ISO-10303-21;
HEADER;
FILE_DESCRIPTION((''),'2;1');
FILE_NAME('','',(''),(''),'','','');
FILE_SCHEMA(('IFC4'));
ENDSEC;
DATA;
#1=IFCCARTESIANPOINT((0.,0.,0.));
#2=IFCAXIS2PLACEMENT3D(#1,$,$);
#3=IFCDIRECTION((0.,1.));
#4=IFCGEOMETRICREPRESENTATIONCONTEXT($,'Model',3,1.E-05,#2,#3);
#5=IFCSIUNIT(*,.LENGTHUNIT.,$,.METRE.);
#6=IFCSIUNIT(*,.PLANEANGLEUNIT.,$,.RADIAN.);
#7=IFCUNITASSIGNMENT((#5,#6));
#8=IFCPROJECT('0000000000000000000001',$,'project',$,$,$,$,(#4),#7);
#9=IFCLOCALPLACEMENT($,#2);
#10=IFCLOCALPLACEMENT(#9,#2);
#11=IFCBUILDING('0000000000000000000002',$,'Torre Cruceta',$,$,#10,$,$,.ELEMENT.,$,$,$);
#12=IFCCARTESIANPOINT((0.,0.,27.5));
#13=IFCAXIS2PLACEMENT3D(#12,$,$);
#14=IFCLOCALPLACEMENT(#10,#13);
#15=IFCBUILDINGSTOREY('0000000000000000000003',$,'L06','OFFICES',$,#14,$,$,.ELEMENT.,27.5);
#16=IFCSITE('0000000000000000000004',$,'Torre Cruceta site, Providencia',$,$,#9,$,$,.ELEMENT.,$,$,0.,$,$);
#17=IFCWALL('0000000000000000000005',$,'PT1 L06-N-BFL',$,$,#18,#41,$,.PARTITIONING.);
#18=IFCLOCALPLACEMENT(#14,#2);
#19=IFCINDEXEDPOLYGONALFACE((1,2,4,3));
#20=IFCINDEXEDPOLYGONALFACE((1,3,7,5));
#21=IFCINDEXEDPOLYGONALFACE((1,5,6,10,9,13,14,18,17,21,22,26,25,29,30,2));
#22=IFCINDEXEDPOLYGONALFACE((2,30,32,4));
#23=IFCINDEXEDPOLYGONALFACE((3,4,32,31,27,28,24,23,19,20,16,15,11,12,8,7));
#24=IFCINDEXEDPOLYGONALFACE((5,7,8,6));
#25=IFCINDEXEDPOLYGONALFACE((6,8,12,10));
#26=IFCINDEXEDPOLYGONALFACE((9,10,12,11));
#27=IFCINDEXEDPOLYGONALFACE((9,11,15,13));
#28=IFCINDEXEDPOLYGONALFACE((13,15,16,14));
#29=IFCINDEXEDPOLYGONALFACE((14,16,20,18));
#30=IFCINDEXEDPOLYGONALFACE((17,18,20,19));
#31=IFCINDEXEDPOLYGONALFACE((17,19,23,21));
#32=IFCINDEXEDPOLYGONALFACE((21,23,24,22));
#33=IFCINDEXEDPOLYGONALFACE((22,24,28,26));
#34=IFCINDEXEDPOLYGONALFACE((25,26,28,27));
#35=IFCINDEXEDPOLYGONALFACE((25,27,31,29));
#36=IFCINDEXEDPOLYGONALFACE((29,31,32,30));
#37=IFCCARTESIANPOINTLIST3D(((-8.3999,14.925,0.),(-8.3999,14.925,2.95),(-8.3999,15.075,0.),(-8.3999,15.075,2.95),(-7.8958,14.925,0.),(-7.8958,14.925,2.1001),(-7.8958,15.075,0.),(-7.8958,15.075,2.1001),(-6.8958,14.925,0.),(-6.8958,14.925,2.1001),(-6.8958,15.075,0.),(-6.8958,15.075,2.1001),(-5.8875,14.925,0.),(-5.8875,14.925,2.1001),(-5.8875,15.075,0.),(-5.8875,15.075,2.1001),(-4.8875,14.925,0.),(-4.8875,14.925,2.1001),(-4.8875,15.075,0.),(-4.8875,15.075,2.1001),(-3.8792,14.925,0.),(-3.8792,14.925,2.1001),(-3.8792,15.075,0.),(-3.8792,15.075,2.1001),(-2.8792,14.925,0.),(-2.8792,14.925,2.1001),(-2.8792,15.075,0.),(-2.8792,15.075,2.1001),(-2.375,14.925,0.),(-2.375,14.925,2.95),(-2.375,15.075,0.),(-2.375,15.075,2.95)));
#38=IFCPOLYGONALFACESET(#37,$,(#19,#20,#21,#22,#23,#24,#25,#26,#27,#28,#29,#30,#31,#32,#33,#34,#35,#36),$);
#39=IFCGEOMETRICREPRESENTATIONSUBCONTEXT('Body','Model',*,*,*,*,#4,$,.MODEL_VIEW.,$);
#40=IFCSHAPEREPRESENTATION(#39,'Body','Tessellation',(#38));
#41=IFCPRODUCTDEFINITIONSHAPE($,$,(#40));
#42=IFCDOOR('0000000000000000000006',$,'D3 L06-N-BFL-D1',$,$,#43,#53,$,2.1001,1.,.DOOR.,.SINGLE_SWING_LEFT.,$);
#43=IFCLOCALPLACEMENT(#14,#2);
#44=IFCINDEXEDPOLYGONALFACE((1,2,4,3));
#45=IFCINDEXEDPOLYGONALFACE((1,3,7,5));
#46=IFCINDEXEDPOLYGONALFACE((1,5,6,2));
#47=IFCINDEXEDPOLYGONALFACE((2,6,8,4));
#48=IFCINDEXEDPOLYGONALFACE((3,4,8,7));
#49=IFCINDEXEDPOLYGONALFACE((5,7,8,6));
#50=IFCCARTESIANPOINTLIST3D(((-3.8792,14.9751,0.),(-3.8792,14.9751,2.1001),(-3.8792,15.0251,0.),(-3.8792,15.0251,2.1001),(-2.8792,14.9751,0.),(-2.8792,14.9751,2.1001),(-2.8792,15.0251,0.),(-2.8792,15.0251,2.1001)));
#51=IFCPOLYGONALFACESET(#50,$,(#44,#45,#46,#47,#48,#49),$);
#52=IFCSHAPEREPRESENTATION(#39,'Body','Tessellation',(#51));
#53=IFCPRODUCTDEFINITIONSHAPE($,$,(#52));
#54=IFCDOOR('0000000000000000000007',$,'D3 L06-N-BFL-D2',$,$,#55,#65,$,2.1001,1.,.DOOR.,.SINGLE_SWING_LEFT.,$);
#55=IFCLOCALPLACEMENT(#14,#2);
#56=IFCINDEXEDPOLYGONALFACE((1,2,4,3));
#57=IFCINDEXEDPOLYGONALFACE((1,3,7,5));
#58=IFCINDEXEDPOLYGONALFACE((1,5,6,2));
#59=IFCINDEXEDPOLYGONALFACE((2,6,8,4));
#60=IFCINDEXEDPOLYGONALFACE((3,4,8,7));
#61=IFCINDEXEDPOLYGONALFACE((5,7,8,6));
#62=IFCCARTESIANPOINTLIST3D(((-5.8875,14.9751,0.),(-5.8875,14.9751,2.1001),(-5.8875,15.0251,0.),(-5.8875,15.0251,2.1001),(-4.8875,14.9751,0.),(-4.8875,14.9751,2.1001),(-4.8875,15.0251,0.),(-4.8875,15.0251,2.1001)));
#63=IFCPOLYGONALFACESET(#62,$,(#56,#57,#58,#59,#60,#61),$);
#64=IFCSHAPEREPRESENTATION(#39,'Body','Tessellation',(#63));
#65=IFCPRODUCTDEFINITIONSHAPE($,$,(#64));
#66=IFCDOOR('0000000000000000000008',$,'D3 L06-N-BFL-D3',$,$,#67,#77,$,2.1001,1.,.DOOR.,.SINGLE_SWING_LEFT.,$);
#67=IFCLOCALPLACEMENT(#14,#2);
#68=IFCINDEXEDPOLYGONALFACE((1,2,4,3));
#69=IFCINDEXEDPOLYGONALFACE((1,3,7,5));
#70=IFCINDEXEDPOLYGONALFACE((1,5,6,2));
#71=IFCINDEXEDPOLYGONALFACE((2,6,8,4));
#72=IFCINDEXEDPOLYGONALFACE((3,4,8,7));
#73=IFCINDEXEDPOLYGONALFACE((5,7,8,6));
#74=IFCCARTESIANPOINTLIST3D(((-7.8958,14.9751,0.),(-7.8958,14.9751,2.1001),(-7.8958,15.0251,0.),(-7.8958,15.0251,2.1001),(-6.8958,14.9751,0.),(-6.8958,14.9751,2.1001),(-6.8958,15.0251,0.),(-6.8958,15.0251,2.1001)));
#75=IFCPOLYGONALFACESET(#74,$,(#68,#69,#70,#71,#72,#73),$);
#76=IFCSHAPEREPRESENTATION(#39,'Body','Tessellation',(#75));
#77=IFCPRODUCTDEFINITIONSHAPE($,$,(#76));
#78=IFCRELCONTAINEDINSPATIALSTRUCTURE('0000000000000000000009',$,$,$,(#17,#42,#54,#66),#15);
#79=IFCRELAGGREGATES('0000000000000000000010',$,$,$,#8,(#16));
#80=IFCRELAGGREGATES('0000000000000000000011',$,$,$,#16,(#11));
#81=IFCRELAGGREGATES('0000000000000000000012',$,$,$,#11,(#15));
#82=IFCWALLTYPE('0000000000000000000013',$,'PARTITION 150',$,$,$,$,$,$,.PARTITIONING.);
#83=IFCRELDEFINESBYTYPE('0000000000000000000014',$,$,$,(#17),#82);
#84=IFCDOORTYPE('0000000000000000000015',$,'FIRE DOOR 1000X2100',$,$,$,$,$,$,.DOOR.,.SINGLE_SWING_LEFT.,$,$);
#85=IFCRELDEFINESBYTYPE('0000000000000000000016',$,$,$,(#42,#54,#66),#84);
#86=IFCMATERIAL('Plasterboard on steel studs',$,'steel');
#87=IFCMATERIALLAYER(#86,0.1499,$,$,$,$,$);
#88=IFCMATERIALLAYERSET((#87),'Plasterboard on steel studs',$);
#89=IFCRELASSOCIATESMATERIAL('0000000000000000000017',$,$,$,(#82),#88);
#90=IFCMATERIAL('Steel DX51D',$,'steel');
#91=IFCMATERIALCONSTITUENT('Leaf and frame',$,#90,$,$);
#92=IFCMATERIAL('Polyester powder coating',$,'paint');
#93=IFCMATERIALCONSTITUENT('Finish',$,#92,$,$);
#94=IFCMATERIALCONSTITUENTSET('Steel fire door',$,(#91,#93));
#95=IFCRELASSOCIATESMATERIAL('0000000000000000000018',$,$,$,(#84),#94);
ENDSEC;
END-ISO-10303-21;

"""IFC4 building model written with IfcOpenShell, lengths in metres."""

from ifc_helpers import new_model, si_unit, direction, frame, frame_2d, origin, place, context, subcontext, project, spatial, rectangle, extrude, material, layer, layer_set, constituent, constituent_set, type_object, element, fill, save


model = new_model("IFC4")

# Units and contexts
model_context = context("Model", 3, precision=1e-05, world=origin(), true_north=direction((0.0, 1.0)))
body_context = subcontext(model_context, "Body", "Model", "MODEL_VIEW")
ifc_project = project(units=[si_unit("LENGTHUNIT", "METRE"), si_unit("PLANEANGLEUNIT", "RADIAN")], contexts=[model_context])

# Site, building, storey
site_placement = place(None, origin())
site = spatial("IfcSite", under=ifc_project, at=site_placement, Name="Torre Cruceta site, Providencia", CompositionType="ELEMENT", RefElevation=0.0)
building_placement = place(site_placement, origin())
building = spatial("IfcBuilding", under=site, at=building_placement, Name="Torre Cruceta", CompositionType="ELEMENT")
storey_placement = place(building_placement, frame((0.0, 0.0, 27.5)))
storey = spatial("IfcBuildingStorey", under=building, at=storey_placement, Name="L06", Description="OFFICES", CompositionType="ELEMENT", Elevation=27.5)

# Wall, openings, doors
ifc_material_1 = material(Name="Plasterboard on steel studs", Category="steel")
ifc_layer_1 = layer(ifc_material_1, 0.1499)
ifc_layer_set_1 = layer_set([ifc_layer_1], Name="Plasterboard on steel studs")
wall_type_1 = type_object("IfcWallType", Name="PARTITION 150", PredefinedType="PARTITIONING", material=ifc_layer_set_1)
wall_1_placement = place(storey_placement, frame((-2.375, 15.0, 0.0), z_axis=(0.0, 0.0, 1.0), x_axis=(-1.0, 0.0, 0.0)))
wall_1 = element("IfcWall", 1, at=wall_1_placement, inside=storey, type_object=wall_type_1, Name="PT1 L06-N-BFL", PredefinedType="PARTITIONING", context=body_context, shape_type="SweptSolid", body=[
    extrude(rectangle(XDim=6.0249, YDim=0.1499, at=frame_2d((3.0125, 0.0))), origin(), (0.0, 0.0, 1.0), 2.95),
])
opening_1_placement = place(wall_1_placement, frame((0.5042, 0.0, 0.0)))
opening_1 = element("IfcOpeningElement", 2, at=opening_1_placement, cuts=wall_1, PredefinedType="OPENING", context=body_context, shape_type="SweptSolid", body=[
    extrude(rectangle(XDim=1.0, YDim=2.1001, at=frame_2d((0.5, 1.05))), frame((0.0, 0.085, 0.0), z_axis=(0.0, -1.0, 0.0), x_axis=(1.0, 0.0, 0.0)), (0.0, 0.0, 1.0), 0.1699),
])
opening_2_placement = place(wall_1_placement, frame((2.5125, 0.0, 0.0)))
opening_2 = element("IfcOpeningElement", 3, at=opening_2_placement, cuts=wall_1, PredefinedType="OPENING", context=body_context, shape_type="SweptSolid", body=[
    extrude(rectangle(XDim=1.0, YDim=2.1001, at=frame_2d((0.5, 1.05))), frame((0.0, 0.085, 0.0), z_axis=(0.0, -1.0, 0.0), x_axis=(1.0, 0.0, 0.0)), (0.0, 0.0, 1.0), 0.1699),
])
opening_3_placement = place(wall_1_placement, frame((4.5208, 0.0, 0.0)))
opening_3 = element("IfcOpeningElement", 4, at=opening_3_placement, cuts=wall_1, PredefinedType="OPENING", context=body_context, shape_type="SweptSolid", body=[
    extrude(rectangle(XDim=1.0, YDim=2.1001, at=frame_2d((0.5, 1.05))), frame((0.0, 0.085, 0.0), z_axis=(0.0, -1.0, 0.0), x_axis=(1.0, 0.0, 0.0)), (0.0, 0.0, 1.0), 0.1699),
])
ifc_material_2 = material(Name="Steel DX51D", Category="steel")
ifc_constituent_1 = constituent(ifc_material_2, Name="Leaf and frame")
ifc_material_3 = material(Name="Polyester powder coating", Category="paint")
ifc_constituent_2 = constituent(ifc_material_3, Name="Finish")
ifc_constituent_set_1 = constituent_set(constituents=[ifc_constituent_1, ifc_constituent_2], Name="Steel fire door")
door_type = type_object("IfcDoorType", Name="FIRE DOOR 1000X2100", OperationType="SINGLE_SWING_LEFT", PredefinedType="DOOR", material=ifc_constituent_set_1)
door_1_placement = place(opening_1_placement, origin())
door_1 = element("IfcDoor", 5, at=door_1_placement, inside=storey, type_object=door_type, Name="D3 L06-N-BFL-D1", OperationType="SINGLE_SWING_LEFT", OverallHeight=2.1001, OverallWidth=1.0, PredefinedType="DOOR", context=body_context, shape_type="SweptSolid", body=[
    extrude(rectangle(XDim=1.0, YDim=2.1001, at=frame_2d((0.5, 1.05))), frame((0.0, 0.0249, 0.0), z_axis=(0.0, -1.0, 0.0), x_axis=(1.0, 0.0, 0.0)), (0.0, 0.0, 1.0), 0.05),
])
fill(opening_1, door_1)
door_2_placement = place(opening_2_placement, origin())
door_2 = element("IfcDoor", 6, at=door_2_placement, inside=storey, type_object=door_type, Name="D3 L06-N-BFL-D2", OperationType="SINGLE_SWING_LEFT", OverallHeight=2.1001, OverallWidth=1.0, PredefinedType="DOOR", context=body_context, shape_type="SweptSolid", body=[
    extrude(rectangle(XDim=1.0, YDim=2.1001, at=frame_2d((0.5, 1.05))), frame((0.0, 0.0249, 0.0), z_axis=(0.0, -1.0, 0.0), x_axis=(1.0, 0.0, 0.0)), (0.0, 0.0, 1.0), 0.05),
])
fill(opening_2, door_2)
door_3_placement = place(opening_3_placement, origin())
door_3 = element("IfcDoor", 7, at=door_3_placement, inside=storey, type_object=door_type, Name="D3 L06-N-BFL-D3", OperationType="SINGLE_SWING_LEFT", OverallHeight=2.1001, OverallWidth=1.0, PredefinedType="DOOR", context=body_context, shape_type="SweptSolid", body=[
    extrude(rectangle(XDim=1.0, YDim=2.1001, at=frame_2d((0.5, 1.05))), frame((0.0, 0.0249, 0.0), z_axis=(0.0, -1.0, 0.0), x_axis=(1.0, 0.0, 0.0)), (0.0, 0.0, 1.0), 0.05),
])
fill(opening_3, door_3)

save(model, "model.ifc")
